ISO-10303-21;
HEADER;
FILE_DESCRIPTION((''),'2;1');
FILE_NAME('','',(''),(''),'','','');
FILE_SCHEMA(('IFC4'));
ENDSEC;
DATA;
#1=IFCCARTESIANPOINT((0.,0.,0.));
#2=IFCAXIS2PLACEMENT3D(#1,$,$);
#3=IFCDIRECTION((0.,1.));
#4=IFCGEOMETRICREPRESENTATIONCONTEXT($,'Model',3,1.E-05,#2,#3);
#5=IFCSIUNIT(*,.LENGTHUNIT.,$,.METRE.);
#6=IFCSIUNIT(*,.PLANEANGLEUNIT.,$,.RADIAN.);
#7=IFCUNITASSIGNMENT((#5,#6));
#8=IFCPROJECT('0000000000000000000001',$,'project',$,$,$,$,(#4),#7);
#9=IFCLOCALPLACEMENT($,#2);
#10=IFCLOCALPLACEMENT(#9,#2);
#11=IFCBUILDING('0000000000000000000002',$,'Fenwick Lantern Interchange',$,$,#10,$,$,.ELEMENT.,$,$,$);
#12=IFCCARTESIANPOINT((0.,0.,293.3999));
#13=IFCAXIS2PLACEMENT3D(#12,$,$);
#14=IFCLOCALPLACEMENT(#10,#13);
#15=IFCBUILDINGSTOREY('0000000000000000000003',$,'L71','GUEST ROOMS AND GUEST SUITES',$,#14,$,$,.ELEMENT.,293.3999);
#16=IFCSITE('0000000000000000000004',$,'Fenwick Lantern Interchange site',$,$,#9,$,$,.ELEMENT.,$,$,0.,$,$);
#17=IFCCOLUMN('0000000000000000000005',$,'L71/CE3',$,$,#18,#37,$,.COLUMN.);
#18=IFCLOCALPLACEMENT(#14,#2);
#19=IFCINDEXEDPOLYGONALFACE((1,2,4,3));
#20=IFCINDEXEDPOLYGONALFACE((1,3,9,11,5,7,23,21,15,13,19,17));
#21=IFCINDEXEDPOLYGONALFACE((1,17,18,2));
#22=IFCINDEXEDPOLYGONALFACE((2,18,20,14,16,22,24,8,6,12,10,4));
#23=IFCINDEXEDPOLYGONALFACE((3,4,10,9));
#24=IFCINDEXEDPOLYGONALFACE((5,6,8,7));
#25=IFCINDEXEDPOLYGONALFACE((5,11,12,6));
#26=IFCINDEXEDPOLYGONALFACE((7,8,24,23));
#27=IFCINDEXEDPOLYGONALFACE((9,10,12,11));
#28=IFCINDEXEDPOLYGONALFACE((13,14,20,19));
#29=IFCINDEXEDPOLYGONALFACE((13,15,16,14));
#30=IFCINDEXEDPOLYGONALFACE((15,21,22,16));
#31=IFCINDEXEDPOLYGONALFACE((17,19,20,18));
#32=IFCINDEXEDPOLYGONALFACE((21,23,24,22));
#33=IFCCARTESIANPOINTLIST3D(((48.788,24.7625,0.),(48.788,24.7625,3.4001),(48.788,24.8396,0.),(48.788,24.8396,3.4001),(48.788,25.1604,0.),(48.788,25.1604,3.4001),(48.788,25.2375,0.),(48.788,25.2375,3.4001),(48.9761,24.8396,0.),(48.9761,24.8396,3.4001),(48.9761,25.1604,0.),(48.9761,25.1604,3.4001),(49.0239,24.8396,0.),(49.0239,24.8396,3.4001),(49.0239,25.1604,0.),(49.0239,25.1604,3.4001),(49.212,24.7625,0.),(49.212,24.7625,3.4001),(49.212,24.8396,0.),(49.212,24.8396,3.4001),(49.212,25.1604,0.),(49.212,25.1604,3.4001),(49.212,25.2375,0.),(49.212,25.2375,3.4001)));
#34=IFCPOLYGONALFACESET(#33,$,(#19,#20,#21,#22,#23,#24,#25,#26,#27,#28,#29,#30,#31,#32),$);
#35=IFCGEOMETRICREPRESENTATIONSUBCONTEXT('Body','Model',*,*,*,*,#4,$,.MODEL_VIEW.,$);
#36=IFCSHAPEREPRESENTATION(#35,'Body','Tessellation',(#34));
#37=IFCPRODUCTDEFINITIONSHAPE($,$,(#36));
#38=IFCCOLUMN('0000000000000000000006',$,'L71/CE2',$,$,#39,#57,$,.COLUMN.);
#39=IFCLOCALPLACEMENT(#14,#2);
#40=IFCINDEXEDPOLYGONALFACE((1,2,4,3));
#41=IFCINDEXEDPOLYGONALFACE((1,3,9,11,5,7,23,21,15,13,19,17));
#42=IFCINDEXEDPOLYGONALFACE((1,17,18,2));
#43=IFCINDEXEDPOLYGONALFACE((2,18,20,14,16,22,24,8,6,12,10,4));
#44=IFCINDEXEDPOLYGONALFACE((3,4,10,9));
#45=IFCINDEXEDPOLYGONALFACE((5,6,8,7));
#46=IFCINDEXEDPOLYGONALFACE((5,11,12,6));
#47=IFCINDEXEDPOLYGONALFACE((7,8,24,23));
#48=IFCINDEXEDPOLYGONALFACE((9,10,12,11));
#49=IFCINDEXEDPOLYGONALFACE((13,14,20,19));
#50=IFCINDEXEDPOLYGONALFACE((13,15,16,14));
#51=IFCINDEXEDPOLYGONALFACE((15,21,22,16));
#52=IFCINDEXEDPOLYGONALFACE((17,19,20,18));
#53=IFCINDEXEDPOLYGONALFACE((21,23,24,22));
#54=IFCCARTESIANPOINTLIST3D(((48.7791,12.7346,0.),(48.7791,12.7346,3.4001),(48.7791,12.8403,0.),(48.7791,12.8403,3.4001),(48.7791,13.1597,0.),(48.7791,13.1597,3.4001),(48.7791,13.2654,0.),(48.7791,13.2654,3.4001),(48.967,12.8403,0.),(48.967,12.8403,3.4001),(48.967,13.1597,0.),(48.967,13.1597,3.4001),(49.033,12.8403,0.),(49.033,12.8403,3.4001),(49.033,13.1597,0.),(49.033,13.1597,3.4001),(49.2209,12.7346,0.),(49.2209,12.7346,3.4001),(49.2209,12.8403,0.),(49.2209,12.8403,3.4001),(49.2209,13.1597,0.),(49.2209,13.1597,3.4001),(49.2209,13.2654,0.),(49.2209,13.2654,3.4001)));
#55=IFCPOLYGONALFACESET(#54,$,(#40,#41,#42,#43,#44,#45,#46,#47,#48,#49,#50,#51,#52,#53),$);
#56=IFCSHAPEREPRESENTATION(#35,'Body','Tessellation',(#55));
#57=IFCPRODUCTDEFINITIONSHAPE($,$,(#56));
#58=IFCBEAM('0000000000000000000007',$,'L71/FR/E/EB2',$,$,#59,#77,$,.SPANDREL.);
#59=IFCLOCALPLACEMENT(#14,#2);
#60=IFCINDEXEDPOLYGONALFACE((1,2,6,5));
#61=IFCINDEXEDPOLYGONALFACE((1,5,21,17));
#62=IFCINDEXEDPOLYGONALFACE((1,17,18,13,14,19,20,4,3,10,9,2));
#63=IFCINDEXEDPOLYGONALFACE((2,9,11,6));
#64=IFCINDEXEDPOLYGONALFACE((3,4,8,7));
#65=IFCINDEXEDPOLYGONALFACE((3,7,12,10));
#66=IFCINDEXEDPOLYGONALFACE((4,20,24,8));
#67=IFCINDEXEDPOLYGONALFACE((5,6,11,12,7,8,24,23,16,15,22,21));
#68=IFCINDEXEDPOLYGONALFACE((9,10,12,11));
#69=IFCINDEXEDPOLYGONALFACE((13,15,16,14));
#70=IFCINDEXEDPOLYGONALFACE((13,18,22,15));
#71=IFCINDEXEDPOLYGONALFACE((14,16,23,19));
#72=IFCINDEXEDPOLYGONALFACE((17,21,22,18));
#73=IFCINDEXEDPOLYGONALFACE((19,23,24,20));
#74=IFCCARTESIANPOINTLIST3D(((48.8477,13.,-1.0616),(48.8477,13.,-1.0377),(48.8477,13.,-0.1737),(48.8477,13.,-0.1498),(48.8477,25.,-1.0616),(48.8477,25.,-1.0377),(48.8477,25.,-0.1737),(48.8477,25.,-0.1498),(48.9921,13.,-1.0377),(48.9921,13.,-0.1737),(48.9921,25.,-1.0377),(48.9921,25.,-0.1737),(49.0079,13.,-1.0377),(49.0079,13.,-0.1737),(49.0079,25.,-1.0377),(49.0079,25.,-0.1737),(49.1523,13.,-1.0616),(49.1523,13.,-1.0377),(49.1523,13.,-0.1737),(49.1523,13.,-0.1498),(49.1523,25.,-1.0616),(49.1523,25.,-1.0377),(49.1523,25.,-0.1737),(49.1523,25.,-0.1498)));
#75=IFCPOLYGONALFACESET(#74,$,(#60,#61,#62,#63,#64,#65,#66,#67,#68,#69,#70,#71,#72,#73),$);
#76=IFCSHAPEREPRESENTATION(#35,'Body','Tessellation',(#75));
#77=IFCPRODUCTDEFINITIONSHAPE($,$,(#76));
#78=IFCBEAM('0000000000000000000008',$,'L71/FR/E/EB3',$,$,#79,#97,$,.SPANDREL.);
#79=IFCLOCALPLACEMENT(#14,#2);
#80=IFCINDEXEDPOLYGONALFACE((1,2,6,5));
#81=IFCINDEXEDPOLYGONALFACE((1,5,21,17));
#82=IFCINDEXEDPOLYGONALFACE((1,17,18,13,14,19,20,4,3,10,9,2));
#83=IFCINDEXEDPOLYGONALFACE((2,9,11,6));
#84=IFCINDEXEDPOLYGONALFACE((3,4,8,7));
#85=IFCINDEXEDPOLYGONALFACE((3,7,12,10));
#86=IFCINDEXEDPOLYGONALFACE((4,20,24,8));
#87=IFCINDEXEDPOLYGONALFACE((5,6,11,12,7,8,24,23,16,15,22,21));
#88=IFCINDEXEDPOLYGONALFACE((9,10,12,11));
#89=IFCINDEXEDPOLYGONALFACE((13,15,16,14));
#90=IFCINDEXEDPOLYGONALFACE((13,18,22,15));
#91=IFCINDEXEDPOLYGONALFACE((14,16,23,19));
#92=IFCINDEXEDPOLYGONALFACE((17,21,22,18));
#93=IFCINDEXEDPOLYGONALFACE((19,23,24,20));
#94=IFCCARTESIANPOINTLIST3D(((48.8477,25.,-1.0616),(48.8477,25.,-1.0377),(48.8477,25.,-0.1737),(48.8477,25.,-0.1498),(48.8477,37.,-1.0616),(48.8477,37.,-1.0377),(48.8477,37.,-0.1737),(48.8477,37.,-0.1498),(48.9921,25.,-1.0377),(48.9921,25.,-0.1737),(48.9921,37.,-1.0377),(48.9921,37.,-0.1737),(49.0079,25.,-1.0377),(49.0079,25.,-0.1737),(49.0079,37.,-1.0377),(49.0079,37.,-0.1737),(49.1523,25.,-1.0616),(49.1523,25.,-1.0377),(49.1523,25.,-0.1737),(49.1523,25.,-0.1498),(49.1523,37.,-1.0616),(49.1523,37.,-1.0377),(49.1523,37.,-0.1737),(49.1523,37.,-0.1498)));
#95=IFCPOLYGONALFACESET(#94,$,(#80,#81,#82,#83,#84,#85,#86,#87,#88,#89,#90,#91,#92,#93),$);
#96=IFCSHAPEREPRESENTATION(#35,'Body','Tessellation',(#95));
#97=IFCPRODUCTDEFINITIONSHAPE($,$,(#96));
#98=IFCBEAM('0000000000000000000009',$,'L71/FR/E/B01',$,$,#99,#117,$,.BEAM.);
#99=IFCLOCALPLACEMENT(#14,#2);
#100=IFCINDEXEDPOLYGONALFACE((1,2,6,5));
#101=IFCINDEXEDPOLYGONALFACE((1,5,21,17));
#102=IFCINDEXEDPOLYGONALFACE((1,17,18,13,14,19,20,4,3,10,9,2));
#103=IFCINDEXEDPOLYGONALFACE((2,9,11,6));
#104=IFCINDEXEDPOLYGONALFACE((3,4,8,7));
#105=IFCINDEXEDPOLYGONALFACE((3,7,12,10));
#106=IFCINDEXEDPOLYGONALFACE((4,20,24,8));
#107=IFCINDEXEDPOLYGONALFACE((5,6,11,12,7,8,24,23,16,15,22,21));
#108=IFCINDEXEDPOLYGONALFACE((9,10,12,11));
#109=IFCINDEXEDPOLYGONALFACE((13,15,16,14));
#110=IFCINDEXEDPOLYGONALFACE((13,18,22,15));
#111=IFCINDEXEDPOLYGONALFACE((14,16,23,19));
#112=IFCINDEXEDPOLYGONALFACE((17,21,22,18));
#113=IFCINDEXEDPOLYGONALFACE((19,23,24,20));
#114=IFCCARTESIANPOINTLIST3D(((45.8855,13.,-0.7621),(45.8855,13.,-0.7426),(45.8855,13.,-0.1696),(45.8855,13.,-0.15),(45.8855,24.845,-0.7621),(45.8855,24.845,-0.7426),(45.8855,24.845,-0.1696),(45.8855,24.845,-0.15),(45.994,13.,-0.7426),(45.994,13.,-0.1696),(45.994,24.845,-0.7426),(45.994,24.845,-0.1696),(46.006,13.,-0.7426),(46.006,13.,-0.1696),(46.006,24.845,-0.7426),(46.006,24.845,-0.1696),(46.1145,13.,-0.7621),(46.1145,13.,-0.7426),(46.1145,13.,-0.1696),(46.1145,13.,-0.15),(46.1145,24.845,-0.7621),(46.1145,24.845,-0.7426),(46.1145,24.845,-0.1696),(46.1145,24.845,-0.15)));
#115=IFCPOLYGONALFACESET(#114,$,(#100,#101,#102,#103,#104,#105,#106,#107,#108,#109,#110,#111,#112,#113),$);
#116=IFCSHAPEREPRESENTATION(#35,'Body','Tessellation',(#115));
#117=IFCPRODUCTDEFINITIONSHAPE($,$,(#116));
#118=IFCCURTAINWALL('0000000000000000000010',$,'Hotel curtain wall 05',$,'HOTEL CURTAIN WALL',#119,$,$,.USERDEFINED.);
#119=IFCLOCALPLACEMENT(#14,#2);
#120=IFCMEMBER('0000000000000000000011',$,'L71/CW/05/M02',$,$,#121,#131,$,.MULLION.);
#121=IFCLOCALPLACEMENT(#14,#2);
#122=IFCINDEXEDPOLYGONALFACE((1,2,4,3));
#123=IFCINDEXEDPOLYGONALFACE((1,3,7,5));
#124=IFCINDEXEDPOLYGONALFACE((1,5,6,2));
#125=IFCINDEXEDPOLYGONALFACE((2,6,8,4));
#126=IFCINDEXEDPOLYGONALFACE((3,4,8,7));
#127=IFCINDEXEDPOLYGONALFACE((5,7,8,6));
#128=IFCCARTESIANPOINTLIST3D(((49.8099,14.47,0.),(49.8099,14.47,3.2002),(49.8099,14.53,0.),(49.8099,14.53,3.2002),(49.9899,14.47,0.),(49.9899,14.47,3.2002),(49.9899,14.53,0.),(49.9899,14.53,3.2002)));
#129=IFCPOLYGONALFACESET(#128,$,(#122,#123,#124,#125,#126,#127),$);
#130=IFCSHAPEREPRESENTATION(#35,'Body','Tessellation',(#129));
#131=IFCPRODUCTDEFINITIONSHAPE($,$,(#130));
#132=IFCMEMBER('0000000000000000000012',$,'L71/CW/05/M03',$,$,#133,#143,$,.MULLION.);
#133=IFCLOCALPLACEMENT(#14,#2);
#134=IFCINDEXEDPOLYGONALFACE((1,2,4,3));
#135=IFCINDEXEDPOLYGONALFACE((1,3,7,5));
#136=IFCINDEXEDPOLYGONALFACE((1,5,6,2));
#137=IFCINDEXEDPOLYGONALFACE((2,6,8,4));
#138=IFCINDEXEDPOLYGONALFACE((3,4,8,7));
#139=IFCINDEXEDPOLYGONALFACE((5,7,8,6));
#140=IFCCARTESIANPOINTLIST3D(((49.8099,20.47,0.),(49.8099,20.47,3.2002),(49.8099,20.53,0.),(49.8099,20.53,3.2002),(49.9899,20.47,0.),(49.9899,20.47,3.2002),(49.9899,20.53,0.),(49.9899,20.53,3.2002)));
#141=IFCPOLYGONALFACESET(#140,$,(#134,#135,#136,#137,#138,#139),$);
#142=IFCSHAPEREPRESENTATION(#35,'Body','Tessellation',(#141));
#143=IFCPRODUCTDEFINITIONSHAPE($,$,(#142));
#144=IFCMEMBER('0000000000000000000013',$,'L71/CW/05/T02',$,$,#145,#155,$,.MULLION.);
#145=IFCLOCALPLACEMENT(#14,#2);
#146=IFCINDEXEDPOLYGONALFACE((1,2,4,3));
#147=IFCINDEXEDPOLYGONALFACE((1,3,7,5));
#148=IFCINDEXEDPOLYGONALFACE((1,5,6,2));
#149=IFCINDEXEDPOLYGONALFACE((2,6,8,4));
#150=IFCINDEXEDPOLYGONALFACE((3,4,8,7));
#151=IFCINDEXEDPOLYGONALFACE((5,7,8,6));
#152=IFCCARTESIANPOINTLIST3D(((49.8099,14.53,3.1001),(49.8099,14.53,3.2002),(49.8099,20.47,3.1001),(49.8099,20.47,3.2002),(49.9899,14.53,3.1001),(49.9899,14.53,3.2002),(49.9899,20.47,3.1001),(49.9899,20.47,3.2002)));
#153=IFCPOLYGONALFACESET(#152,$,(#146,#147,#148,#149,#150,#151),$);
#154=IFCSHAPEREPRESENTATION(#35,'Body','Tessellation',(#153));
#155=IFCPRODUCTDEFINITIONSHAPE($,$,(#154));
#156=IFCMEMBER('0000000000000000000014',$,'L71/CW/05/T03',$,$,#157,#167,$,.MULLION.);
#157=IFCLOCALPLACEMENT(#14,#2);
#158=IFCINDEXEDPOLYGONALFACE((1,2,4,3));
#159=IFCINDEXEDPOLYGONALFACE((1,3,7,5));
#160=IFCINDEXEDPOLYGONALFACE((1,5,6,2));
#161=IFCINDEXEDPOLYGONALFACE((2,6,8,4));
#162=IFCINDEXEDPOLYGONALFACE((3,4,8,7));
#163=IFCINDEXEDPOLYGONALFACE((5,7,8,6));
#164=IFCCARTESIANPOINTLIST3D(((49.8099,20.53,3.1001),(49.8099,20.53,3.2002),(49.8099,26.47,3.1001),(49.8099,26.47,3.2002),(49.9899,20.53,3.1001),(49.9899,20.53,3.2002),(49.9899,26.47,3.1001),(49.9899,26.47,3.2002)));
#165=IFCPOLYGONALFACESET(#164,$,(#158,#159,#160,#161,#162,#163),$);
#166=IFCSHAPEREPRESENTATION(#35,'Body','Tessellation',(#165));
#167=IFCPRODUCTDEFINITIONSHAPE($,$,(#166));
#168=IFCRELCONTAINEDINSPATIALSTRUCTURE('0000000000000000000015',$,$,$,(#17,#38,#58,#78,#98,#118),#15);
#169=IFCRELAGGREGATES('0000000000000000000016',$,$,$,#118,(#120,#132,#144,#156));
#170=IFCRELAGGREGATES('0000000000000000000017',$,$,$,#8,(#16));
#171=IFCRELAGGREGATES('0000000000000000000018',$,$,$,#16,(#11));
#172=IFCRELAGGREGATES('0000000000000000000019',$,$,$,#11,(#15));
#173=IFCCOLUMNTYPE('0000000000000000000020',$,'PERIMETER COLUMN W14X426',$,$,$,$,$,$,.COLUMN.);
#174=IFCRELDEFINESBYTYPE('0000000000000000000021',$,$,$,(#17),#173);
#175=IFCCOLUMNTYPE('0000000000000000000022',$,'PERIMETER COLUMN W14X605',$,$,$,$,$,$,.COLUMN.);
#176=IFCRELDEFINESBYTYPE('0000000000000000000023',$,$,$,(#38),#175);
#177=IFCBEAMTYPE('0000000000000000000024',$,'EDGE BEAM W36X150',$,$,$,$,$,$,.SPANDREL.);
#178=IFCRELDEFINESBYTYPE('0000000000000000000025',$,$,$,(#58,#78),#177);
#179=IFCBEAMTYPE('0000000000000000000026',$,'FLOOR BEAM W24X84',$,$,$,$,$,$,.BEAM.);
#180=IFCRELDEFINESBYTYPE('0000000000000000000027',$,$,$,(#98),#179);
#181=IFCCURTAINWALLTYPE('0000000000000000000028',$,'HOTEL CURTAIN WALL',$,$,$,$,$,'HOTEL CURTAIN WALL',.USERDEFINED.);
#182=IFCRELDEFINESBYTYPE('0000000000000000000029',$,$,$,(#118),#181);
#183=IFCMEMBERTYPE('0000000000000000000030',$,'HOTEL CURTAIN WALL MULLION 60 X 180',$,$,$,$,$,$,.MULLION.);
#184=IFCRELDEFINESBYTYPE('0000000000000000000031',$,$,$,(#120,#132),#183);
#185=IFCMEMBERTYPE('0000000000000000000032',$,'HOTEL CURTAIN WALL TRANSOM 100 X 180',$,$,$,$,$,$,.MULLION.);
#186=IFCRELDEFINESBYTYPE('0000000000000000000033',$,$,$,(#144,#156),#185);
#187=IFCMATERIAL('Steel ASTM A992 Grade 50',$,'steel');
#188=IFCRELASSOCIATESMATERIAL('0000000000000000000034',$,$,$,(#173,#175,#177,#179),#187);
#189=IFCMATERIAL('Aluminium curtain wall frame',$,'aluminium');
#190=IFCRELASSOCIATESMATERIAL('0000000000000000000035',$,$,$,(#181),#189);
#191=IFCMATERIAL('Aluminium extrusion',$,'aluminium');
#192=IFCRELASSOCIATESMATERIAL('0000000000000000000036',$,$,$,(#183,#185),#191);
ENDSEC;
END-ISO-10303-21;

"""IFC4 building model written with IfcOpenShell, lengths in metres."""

from ifc_helpers import new_model, si_unit, direction, frame, origin, origin_2d, place, context, subcontext, project, spatial, rectangle, i_section, extrude, material, material_profile, profile_set, type_object, element, aggregate, save


model = new_model("IFC4")

# Units and contexts
model_context = context("Model", 3, precision=1e-05, world=origin(), true_north=direction((0.0, 1.0)))
body_context = subcontext(model_context, "Body", "Model", "MODEL_VIEW")
ifc_project = project(units=[si_unit("LENGTHUNIT", "METRE"), si_unit("PLANEANGLEUNIT", "RADIAN")], contexts=[model_context])

# Site, building, storey
site_placement = place(None, origin())
site = spatial("IfcSite", under=ifc_project, at=site_placement, Name="Fenwick Lantern Interchange site", CompositionType="ELEMENT", RefElevation=0.0)
building_placement = place(site_placement, origin())
building = spatial("IfcBuilding", under=site, at=building_placement, Name="Fenwick Lantern Interchange", CompositionType="ELEMENT")
storey_placement = place(building_placement, frame((0.0, 0.0, 293.3999)))
storey = spatial("IfcBuildingStorey", under=building, at=storey_placement, Name="L71", Description="GUEST ROOMS AND GUEST SUITES", CompositionType="ELEMENT", Elevation=293.3999)

# Columns
ifc_material_1 = material(Name="Steel ASTM A992 Grade 50", Category="steel")
ifc_material_profile_1 = material_profile(ifc_material_1, i_section(OverallWidth=0.4241, OverallDepth=0.4751, WebThickness=0.0479, FlangeThickness=0.0771, at=origin_2d()), Name="W14X426")
ifc_profile_set_1 = profile_set([ifc_material_profile_1], Name="Steel ASTM A992 Grade 50")
column_type_1 = type_object("IfcColumnType", Name="PERIMETER COLUMN W14X426", PredefinedType="COLUMN", material=ifc_profile_set_1)
column_1_placement = place(storey_placement, frame((49.0, 25.0, 0.0), z_axis=(0.0, 0.0, 1.0), x_axis=(1.0, 0.0, 0.0)))
element("IfcColumn", 1, at=column_1_placement, inside=storey, type_object=column_type_1, Name="L71/CE3", PredefinedType="COLUMN", context=body_context, shape_type="SweptSolid", body=[
    extrude(i_section(OverallWidth=0.4241, OverallDepth=0.4751, WebThickness=0.0479, FlangeThickness=0.0771, at=origin_2d()), origin(), (0.0, 0.0, 1.0), 3.4001),
])
ifc_material_profile_2 = material_profile(ifc_material_1, i_section(OverallWidth=0.4419, OverallDepth=0.5308, WebThickness=0.0659, FlangeThickness=0.1057, at=origin_2d()), Name="W14X605")
ifc_profile_set_2 = profile_set([ifc_material_profile_2], Name="Steel ASTM A992 Grade 50")
column_type_2 = type_object("IfcColumnType", Name="PERIMETER COLUMN W14X605", PredefinedType="COLUMN", material=ifc_profile_set_2)
column_2_placement = place(storey_placement, frame((49.0, 13.0, 0.0), z_axis=(0.0, 0.0, 1.0), x_axis=(1.0, 0.0, 0.0)))
element("IfcColumn", 2, at=column_2_placement, inside=storey, type_object=column_type_2, Name="L71/CE2", PredefinedType="COLUMN", context=body_context, shape_type="SweptSolid", body=[
    extrude(i_section(OverallWidth=0.4419, OverallDepth=0.5308, WebThickness=0.0659, FlangeThickness=0.1057, at=origin_2d()), origin(), (0.0, 0.0, 1.0), 3.4001),
])

# Beams
ifc_material_profile_3 = material_profile(ifc_material_1, i_section(OverallWidth=0.3047, OverallDepth=0.9119, WebThickness=0.0159, FlangeThickness=0.0239, at=origin_2d()), Name="W36X150")
ifc_profile_set_3 = profile_set([ifc_material_profile_3], Name="Steel ASTM A992 Grade 50")
beam_type_1 = type_object("IfcBeamType", Name="EDGE BEAM W36X150", PredefinedType="SPANDREL", material=ifc_profile_set_3)
for number, where, z_axis, x_axis, name in (
    (3, (49.0, 13.0, -0.6057), (0.0, 1.0, 0.0), (-1.0, 0.0, 0.0), "L71/FR/E/EB2"),
    (4, (49.0, 25.0, -0.6057), (0.0, 1.0, 0.0), (-1.0, 0.0, 0.0), "L71/FR/E/EB3"),
):
    element("IfcBeam", number, at=place(storey_placement, frame(where, z_axis=z_axis, x_axis=x_axis)), inside=storey, type_object=beam_type_1, Name=name, PredefinedType="SPANDREL", context=body_context, shape_type="SweptSolid", body=[
        extrude(i_section(OverallWidth=0.3047, OverallDepth=0.9119, WebThickness=0.0159, FlangeThickness=0.0239, at=origin_2d()), origin(), (0.0, 0.0, 1.0), 12.0),
    ])
ifc_material_profile_4 = material_profile(ifc_material_1, i_section(OverallWidth=0.229, OverallDepth=0.6121, WebThickness=0.012, FlangeThickness=0.0195, at=origin_2d()), Name="W24X84")
ifc_profile_set_4 = profile_set([ifc_material_profile_4], Name="Steel ASTM A992 Grade 50")
beam_type_2 = type_object("IfcBeamType", Name="FLOOR BEAM W24X84", PredefinedType="BEAM", material=ifc_profile_set_4)
beam_1_placement = place(storey_placement, frame((46.0, 13.0, -0.4561), z_axis=(0.0, 1.0, 0.0), x_axis=(-1.0, 0.0, 0.0)))
element("IfcBeam", 5, at=beam_1_placement, inside=storey, type_object=beam_type_2, Name="L71/FR/E/B01", PredefinedType="BEAM", context=body_context, shape_type="SweptSolid", body=[
    extrude(i_section(OverallWidth=0.229, OverallDepth=0.6121, WebThickness=0.012, FlangeThickness=0.0195, at=origin_2d()), origin(), (0.0, 0.0, 1.0), 11.845),
])

# Curtain wall, members
ifc_material_2 = material(Name="Aluminium curtain wall frame", Category="aluminium")
curtain_wall_type = type_object("IfcCurtainWallType", Name="HOTEL CURTAIN WALL", ElementType="HOTEL CURTAIN WALL", PredefinedType="USERDEFINED", material=ifc_material_2)
curtain_wall_placement = place(storey_placement, origin())
curtain_wall = element("IfcCurtainWall", 6, at=curtain_wall_placement, inside=storey, type_object=curtain_wall_type, Name="Hotel curtain wall 05", ObjectType="HOTEL CURTAIN WALL", PredefinedType="USERDEFINED")
ifc_material_3 = material(Name="Aluminium extrusion", Category="aluminium")
ifc_material_profile_5 = material_profile(ifc_material_3, rectangle(XDim=0.1799, YDim=0.0601, at=origin_2d()), Name="HOTEL CURTAIN WALL MULLION 60 X 180")
ifc_profile_set_5 = profile_set([ifc_material_profile_5], Name="Aluminium extrusion")
member_type_1 = type_object("IfcMemberType", Name="HOTEL CURTAIN WALL MULLION 60 X 180", PredefinedType="MULLION", material=ifc_profile_set_5)
member_1_placement = place(storey_placement, frame((49.8999, 14.5, 0.0), z_axis=(0.0, 0.0, 1.0), x_axis=(-1.0, 0.0, 0.0)))
member_1 = element("IfcMember", 7, at=member_1_placement, type_object=member_type_1, Name="L71/CW/05/M02", PredefinedType="MULLION", context=body_context, shape_type="SweptSolid", body=[
    extrude(rectangle(XDim=0.1799, YDim=0.0601, at=origin_2d()), origin(), (0.0, 0.0, 1.0), 3.2002),
])
member_2_placement = place(storey_placement, frame((49.8999, 20.5, 0.0), z_axis=(0.0, 0.0, 1.0), x_axis=(-1.0, 0.0, 0.0)))
member_2 = element("IfcMember", 8, at=member_2_placement, type_object=member_type_1, Name="L71/CW/05/M03", PredefinedType="MULLION", context=body_context, shape_type="SweptSolid", body=[
    extrude(rectangle(XDim=0.1799, YDim=0.0601, at=origin_2d()), origin(), (0.0, 0.0, 1.0), 3.2002),
])
ifc_material_profile_6 = material_profile(ifc_material_3, rectangle(XDim=0.1799, YDim=0.1001, at=origin_2d()), Name="HOTEL CURTAIN WALL TRANSOM 100 X 180")
ifc_profile_set_6 = profile_set([ifc_material_profile_6], Name="Aluminium extrusion")
member_type_2 = type_object("IfcMemberType", Name="HOTEL CURTAIN WALL TRANSOM 100 X 180", PredefinedType="MULLION", material=ifc_profile_set_6)
member_3_placement = place(storey_placement, frame((49.8999, 14.53, 3.1501), z_axis=(0.0, 1.0, 0.0), x_axis=(-1.0, 0.0, 0.0)))
member_3 = element("IfcMember", 9, at=member_3_placement, type_object=member_type_2, Name="L71/CW/05/T02", PredefinedType="MULLION", context=body_context, shape_type="SweptSolid", body=[
    extrude(rectangle(XDim=0.1799, YDim=0.1001, at=origin_2d()), origin(), (0.0, 0.0, 1.0), 5.9399),
])
member_4_placement = place(storey_placement, frame((49.8999, 20.53, 3.1501), z_axis=(0.0, 1.0, 0.0), x_axis=(-1.0, 0.0, 0.0)))
member_4 = element("IfcMember", 10, at=member_4_placement, type_object=member_type_2, Name="L71/CW/05/T03", PredefinedType="MULLION", context=body_context, shape_type="SweptSolid", body=[
    extrude(rectangle(XDim=0.1799, YDim=0.1001, at=origin_2d()), origin(), (0.0, 0.0, 1.0), 5.9399),
])

aggregate(curtain_wall, [member_1, member_2, member_3, member_4])

save(model, "model.ifc")
